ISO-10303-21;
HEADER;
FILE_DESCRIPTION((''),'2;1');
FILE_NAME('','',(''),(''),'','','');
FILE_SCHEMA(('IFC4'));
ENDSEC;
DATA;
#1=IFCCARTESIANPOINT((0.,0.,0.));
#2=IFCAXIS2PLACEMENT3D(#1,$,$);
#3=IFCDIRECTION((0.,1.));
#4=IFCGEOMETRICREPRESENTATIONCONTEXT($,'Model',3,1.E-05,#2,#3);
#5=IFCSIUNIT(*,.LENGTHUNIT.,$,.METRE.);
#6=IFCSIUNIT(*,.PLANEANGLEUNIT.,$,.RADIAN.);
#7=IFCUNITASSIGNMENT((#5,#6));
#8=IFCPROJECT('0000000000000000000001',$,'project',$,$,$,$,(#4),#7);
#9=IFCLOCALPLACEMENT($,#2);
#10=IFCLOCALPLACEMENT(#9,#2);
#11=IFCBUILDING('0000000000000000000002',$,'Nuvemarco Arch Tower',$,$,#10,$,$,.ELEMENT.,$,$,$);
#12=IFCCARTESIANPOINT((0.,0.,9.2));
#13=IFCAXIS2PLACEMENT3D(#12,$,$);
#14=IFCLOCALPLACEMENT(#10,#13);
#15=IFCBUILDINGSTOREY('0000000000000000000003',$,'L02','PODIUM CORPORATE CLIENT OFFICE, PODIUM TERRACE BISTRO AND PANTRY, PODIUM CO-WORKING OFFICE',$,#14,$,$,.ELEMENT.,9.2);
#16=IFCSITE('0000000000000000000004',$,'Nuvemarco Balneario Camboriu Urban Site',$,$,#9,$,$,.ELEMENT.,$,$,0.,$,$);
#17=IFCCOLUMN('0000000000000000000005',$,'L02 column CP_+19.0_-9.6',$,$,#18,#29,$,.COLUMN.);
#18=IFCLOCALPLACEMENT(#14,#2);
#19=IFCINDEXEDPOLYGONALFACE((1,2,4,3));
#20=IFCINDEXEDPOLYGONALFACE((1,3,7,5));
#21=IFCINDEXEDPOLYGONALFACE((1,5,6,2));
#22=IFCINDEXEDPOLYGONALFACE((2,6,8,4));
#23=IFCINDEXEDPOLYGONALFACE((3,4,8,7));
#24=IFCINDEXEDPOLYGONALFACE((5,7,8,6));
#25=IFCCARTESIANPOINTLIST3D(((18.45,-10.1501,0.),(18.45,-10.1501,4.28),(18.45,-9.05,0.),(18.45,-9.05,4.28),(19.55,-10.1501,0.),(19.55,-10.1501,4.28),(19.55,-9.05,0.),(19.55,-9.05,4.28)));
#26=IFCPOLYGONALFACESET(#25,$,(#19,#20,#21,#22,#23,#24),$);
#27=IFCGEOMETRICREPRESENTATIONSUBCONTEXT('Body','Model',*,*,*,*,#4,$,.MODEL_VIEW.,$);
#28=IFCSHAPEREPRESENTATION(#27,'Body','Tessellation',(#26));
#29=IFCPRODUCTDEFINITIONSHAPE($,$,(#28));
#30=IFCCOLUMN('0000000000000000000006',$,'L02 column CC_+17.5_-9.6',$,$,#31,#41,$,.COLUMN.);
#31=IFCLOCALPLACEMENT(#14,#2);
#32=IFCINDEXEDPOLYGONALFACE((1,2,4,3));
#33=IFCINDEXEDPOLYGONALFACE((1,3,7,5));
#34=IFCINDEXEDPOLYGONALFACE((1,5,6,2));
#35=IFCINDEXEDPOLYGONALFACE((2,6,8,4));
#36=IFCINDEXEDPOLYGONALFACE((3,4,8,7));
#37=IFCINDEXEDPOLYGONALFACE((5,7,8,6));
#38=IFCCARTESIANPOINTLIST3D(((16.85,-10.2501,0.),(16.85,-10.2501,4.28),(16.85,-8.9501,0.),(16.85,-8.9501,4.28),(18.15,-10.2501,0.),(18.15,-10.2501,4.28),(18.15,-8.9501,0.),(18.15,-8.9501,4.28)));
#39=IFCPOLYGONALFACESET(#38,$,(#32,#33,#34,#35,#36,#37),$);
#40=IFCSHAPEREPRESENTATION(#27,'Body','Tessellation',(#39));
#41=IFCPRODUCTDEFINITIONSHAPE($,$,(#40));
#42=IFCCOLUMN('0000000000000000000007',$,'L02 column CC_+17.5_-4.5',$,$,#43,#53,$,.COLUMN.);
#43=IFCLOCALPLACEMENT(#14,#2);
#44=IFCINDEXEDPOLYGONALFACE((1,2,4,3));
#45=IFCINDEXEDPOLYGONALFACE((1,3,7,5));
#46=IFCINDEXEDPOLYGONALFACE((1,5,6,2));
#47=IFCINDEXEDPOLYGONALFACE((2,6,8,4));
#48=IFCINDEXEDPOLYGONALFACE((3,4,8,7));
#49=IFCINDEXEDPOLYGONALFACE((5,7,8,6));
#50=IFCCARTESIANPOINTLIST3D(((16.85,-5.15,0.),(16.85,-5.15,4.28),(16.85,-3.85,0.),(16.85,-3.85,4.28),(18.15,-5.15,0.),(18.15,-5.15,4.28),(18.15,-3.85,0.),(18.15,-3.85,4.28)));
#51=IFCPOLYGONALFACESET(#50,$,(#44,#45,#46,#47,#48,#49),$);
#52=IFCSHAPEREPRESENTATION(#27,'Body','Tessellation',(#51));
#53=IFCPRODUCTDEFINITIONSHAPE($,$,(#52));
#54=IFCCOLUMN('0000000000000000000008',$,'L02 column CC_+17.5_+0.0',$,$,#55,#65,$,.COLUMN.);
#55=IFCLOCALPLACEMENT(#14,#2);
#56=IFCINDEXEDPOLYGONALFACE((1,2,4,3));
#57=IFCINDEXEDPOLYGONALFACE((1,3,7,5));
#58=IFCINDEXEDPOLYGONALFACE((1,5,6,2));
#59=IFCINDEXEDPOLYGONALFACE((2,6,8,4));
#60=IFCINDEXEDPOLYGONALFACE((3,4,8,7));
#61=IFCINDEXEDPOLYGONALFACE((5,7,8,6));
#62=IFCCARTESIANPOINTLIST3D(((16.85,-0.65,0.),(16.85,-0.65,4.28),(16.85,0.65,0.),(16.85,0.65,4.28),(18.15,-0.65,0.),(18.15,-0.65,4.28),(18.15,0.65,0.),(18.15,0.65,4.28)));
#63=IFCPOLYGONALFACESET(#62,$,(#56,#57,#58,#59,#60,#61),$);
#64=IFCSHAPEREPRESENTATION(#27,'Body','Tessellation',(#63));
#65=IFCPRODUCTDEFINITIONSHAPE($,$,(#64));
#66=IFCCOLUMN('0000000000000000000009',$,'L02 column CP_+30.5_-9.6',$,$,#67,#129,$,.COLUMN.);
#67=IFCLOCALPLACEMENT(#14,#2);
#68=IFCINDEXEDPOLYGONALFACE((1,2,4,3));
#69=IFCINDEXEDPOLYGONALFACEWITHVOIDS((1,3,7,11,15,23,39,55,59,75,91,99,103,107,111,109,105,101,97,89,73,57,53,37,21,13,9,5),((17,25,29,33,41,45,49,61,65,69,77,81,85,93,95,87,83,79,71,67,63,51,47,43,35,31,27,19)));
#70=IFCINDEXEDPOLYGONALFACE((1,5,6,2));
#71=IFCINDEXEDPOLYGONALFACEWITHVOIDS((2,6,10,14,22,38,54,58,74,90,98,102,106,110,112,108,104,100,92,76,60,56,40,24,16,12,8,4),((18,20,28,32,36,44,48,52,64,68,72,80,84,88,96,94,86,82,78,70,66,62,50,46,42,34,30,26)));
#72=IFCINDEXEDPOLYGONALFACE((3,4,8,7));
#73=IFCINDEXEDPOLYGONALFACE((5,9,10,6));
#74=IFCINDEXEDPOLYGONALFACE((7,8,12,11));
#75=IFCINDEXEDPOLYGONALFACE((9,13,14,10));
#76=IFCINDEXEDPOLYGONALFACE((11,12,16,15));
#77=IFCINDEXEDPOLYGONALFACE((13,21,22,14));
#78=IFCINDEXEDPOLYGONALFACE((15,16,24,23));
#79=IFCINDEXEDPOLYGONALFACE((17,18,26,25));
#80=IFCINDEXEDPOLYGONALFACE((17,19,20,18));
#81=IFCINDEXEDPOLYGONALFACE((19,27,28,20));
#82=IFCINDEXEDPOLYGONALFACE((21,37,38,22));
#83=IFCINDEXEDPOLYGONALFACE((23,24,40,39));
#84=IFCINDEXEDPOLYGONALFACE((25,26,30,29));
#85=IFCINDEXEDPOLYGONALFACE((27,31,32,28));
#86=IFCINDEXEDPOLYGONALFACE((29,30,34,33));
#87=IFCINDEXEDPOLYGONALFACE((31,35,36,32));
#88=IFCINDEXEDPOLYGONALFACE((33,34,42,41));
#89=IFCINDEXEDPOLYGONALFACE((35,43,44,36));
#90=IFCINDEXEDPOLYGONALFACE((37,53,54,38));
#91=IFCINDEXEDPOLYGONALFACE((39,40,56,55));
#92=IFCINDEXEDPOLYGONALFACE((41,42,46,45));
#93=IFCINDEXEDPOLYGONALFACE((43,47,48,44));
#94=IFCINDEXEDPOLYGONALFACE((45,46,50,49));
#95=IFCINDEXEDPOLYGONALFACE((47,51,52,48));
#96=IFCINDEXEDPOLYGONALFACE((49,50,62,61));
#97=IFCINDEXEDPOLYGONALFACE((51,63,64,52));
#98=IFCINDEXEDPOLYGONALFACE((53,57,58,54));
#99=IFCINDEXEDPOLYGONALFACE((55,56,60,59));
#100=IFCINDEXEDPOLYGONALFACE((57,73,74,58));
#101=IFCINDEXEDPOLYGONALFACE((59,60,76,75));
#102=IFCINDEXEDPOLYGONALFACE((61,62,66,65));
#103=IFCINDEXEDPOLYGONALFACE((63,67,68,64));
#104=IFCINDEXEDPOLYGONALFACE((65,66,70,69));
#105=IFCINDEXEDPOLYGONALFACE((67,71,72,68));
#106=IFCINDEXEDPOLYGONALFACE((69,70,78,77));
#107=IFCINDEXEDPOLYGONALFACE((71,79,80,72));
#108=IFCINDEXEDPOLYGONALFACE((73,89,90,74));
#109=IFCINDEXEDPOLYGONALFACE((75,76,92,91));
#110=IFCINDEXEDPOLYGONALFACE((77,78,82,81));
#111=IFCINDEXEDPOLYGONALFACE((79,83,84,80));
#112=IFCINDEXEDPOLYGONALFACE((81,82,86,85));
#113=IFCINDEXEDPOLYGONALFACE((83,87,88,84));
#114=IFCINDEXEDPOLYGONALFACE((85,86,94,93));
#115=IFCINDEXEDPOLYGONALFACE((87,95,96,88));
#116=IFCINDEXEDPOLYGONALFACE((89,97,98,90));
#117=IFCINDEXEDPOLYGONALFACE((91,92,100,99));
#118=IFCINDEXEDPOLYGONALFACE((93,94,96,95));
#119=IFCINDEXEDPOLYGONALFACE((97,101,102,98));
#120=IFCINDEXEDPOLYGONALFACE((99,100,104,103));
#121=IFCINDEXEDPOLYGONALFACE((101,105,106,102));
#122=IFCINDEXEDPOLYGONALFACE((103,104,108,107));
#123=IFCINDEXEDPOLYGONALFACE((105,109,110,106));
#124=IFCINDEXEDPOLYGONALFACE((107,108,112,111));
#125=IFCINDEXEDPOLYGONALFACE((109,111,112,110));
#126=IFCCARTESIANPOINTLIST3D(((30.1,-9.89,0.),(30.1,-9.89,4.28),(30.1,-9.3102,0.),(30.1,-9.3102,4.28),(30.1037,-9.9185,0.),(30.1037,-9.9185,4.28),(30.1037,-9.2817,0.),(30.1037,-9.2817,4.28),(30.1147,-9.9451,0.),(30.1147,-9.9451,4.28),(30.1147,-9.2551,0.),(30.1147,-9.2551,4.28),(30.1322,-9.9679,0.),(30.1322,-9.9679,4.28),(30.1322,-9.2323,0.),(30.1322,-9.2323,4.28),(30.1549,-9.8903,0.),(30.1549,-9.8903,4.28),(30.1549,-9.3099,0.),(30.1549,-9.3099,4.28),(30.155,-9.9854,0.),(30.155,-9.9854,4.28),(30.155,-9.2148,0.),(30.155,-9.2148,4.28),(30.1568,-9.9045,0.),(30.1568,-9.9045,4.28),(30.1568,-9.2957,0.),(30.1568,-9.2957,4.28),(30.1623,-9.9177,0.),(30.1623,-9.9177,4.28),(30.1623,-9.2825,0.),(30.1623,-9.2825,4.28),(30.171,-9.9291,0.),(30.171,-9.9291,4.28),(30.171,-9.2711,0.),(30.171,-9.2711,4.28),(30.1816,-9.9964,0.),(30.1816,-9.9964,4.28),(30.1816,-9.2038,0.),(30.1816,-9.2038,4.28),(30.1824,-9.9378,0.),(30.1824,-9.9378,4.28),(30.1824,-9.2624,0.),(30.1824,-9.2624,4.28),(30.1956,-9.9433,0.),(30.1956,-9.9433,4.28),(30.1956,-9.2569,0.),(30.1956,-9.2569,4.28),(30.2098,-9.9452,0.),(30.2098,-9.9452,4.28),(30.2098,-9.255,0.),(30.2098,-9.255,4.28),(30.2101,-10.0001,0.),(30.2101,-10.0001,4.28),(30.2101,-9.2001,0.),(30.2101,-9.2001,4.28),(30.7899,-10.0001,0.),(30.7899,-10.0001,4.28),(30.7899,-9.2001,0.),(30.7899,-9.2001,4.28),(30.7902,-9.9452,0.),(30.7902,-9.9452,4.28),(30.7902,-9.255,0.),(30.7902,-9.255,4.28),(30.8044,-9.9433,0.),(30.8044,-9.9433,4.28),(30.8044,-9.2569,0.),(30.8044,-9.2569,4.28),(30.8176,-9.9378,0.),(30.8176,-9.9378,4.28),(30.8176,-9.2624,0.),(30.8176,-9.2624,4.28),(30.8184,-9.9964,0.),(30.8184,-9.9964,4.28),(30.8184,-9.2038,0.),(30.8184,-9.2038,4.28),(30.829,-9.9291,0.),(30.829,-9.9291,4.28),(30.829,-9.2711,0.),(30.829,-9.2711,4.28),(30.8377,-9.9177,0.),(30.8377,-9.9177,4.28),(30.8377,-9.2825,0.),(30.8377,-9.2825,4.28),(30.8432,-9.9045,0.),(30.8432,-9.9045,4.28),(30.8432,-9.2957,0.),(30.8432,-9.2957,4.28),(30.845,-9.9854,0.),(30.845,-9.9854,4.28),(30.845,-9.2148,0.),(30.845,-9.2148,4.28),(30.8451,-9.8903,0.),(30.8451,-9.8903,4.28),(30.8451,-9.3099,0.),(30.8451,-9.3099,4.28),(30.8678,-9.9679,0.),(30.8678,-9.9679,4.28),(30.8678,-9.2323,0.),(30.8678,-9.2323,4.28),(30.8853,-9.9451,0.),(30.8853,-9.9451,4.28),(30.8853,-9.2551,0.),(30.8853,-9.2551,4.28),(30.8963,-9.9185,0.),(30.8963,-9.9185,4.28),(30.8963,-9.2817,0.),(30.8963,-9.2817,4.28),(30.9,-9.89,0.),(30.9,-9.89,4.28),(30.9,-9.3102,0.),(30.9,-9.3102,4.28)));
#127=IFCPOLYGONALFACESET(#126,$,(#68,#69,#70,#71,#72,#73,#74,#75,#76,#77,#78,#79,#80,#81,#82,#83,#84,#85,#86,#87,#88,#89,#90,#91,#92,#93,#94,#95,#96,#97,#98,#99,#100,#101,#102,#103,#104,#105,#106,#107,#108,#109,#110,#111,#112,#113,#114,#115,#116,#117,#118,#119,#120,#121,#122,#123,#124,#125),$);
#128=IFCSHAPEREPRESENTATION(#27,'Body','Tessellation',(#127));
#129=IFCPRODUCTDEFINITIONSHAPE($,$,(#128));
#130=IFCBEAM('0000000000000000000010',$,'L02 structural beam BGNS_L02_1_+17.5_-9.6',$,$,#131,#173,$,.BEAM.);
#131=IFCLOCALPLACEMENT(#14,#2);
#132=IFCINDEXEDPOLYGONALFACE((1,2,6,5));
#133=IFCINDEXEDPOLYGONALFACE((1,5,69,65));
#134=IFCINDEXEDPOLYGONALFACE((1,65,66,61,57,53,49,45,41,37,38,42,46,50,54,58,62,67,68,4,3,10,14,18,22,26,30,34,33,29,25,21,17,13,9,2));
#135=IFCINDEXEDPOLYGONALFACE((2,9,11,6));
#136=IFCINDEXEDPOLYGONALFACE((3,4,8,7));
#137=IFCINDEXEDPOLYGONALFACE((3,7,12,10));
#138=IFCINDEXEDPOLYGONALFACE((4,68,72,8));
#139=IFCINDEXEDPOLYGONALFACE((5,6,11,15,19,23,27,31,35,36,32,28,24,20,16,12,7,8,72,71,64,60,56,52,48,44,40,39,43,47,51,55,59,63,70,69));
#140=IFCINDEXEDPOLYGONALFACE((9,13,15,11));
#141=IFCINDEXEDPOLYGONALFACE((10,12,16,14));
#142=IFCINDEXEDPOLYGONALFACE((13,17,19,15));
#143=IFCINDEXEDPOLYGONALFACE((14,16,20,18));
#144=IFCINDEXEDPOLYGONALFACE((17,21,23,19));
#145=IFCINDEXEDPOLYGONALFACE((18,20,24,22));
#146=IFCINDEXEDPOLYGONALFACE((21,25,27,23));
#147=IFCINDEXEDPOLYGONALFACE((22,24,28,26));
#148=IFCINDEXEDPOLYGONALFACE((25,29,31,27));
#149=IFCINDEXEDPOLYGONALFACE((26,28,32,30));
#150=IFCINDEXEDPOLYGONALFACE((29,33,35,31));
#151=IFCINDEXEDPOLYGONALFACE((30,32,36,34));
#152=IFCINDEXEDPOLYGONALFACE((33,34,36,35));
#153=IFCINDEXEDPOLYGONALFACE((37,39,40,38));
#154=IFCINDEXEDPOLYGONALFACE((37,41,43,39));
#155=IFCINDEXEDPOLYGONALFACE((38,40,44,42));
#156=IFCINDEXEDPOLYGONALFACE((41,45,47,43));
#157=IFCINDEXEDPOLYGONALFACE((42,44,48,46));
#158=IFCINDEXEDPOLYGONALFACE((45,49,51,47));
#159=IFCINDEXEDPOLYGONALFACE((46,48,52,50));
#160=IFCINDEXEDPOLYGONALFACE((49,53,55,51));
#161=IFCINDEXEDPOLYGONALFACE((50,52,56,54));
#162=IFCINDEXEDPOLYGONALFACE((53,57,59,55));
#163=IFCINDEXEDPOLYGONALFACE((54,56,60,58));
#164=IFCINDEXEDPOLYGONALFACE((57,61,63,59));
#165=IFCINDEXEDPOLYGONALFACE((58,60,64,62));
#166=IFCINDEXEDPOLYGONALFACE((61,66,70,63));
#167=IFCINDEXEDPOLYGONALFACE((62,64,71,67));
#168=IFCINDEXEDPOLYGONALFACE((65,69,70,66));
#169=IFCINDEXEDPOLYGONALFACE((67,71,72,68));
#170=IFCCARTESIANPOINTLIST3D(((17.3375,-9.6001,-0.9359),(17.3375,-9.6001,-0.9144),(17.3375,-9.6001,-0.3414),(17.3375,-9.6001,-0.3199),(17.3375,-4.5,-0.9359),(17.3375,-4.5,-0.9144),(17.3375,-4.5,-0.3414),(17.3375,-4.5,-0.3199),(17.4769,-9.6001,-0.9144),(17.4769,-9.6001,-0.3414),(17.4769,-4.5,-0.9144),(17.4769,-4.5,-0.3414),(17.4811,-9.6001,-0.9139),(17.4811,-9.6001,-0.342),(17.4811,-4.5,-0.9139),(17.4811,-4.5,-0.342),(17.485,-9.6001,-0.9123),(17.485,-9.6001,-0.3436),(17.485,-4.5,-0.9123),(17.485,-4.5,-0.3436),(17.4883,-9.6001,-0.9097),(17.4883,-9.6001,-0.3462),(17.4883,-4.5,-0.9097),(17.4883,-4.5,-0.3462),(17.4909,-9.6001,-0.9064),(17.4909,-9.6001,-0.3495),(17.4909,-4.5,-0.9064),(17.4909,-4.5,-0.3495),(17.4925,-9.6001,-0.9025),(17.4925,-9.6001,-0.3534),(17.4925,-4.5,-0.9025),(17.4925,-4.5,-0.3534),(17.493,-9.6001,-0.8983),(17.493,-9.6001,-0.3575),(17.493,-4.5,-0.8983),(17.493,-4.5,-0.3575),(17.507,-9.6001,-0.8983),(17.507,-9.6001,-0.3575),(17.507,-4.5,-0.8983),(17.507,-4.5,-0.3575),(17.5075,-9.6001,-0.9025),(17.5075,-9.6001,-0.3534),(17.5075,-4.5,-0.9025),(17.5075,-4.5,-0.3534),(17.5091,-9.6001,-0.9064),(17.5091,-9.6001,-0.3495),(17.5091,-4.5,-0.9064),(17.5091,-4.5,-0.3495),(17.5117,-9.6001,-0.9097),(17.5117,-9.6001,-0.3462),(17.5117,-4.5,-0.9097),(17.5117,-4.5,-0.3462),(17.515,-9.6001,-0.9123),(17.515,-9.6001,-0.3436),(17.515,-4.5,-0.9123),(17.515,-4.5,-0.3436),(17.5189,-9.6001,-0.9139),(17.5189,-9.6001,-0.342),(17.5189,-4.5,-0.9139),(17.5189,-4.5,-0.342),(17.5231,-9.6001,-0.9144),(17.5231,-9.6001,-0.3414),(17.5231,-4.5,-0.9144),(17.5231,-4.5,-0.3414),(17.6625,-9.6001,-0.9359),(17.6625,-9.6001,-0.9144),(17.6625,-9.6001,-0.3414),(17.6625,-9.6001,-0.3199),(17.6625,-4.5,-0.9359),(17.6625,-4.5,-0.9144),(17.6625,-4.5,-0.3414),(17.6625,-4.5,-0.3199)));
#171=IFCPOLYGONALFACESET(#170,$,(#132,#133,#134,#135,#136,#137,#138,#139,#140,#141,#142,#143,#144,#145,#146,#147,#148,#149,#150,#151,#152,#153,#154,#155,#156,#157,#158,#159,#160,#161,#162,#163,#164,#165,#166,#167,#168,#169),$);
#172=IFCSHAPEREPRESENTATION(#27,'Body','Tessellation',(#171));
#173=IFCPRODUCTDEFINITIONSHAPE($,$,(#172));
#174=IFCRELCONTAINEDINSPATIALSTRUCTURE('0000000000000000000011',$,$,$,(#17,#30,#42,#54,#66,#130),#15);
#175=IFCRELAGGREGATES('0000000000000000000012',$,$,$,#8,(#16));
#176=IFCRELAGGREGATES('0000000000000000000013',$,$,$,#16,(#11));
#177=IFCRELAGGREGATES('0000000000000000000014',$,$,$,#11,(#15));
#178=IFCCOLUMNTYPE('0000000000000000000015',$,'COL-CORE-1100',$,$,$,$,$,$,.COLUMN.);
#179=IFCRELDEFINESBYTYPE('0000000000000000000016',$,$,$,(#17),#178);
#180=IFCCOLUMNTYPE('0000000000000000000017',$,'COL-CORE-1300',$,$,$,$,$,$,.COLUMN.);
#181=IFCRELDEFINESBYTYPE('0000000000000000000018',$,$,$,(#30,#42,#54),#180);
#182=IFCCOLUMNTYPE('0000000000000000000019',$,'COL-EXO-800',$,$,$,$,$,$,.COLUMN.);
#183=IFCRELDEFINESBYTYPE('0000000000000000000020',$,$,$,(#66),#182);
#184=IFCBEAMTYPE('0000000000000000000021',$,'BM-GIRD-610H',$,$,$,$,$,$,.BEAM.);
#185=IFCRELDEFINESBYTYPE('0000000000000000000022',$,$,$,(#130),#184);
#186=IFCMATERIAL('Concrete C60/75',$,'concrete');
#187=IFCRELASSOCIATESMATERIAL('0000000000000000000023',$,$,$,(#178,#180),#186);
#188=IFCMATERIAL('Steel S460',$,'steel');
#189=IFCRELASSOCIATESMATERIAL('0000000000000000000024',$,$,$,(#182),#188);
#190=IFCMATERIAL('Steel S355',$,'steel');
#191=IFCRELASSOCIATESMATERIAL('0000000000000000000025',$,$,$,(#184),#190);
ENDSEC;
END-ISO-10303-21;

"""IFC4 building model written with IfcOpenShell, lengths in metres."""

from ifc_helpers import new_model, si_unit, direction, frame, origin, origin_2d, place, context, subcontext, project, spatial, rectangle, hollow_rectangle, i_section, extrude, material, material_profile, profile_set, type_object, element, save


model = new_model("IFC4")

# Units and contexts
model_context = context("Model", 3, precision=1e-05, world=origin(), true_north=direction((0.0, 1.0)))
body_context = subcontext(model_context, "Body", "Model", "MODEL_VIEW")
ifc_project = project(units=[si_unit("LENGTHUNIT", "METRE"), si_unit("PLANEANGLEUNIT", "RADIAN")], contexts=[model_context])

# Site, building, storey
site_placement = place(None, origin())
site = spatial("IfcSite", under=ifc_project, at=site_placement, Name="Nuvemarco Balneario Camboriu Urban Site", CompositionType="ELEMENT", RefElevation=0.0)
building_placement = place(site_placement, origin())
building = spatial("IfcBuilding", under=site, at=building_placement, Name="Nuvemarco Arch Tower", CompositionType="ELEMENT")
storey_placement = place(building_placement, frame((0.0, 0.0, 9.2)))
storey = spatial("IfcBuildingStorey", under=building, at=storey_placement, Name="L02", Description="PODIUM CORPORATE CLIENT OFFICE, PODIUM TERRACE BISTRO AND PANTRY, PODIUM CO-WORKING OFFICE", CompositionType="ELEMENT", Elevation=9.2)

# Columns
ifc_material_1 = material(Name="Concrete C60/75", Category="concrete")
ifc_material_profile_1 = material_profile(ifc_material_1, rectangle(XDim=1.1001, YDim=1.1001, at=origin_2d()), Name="RC-COL-1100x1100")
ifc_profile_set_1 = profile_set([ifc_material_profile_1], Name="Concrete C60/75")
column_type_1 = type_object("IfcColumnType", Name="COL-CORE-1100", PredefinedType="COLUMN", material=ifc_profile_set_1)
column_1_placement = place(storey_placement, frame((19.0, -9.6001, 0.0), z_axis=(0.0, 0.0, 1.0), x_axis=(1.0, 0.0, 0.0)))
element("IfcColumn", 1, at=column_1_placement, inside=storey, type_object=column_type_1, Name="L02 column CP_+19.0_-9.6", PredefinedType="COLUMN", context=body_context, shape_type="SweptSolid", body=[
    extrude(rectangle(XDim=1.1001, YDim=1.1001, at=origin_2d()), origin(), (0.0, 0.0, 1.0), 4.28),
])
ifc_material_profile_2 = material_profile(ifc_material_1, rectangle(XDim=1.3, YDim=1.3, at=origin_2d()), Name="RC-COL-1300x1300")
ifc_profile_set_2 = profile_set([ifc_material_profile_2], Name="Concrete C60/75")
column_type_2 = type_object("IfcColumnType", Name="COL-CORE-1300", PredefinedType="COLUMN", material=ifc_profile_set_2)
for number, where, z_axis, x_axis, name in (
    (2, (17.5, -9.6001, 0.0), (0.0, 0.0, 1.0), (1.0, 0.0, 0.0), "L02 column CC_+17.5_-9.6"),
    (3, (17.5, -4.5, 0.0), (0.0, 0.0, 1.0), (1.0, 0.0, 0.0), "L02 column CC_+17.5_-4.5"),
    (4, (17.5, 0.0, 0.0), (0.0, 0.0, 1.0), (1.0, 0.0, 0.0), "L02 column CC_+17.5_+0.0"),
):
    element("IfcColumn", number, at=place(storey_placement, frame(where, z_axis=z_axis, x_axis=x_axis)), inside=storey, type_object=column_type_2, Name=name, PredefinedType="COLUMN", context=body_context, shape_type="SweptSolid", body=[
        extrude(rectangle(XDim=1.3, YDim=1.3, at=origin_2d()), origin(), (0.0, 0.0, 1.0), 4.28),
    ])
ifc_material_2 = material(Name="Steel S460", Category="steel")
ifc_material_profile_3 = material_profile(ifc_material_2, hollow_rectangle(XDim=0.8, YDim=0.8, WallThickness=0.0549, InnerFilletRadius=0.0549, OuterFilletRadius=0.1101, at=origin_2d()), Name="SHS800x800x55")
ifc_profile_set_3 = profile_set([ifc_material_profile_3], Name="Steel S460")
column_type_3 = type_object("IfcColumnType", Name="COL-EXO-800", PredefinedType="COLUMN", material=ifc_profile_set_3)
column_2_placement = place(storey_placement, frame((30.5, -9.6001, 0.0), z_axis=(0.0, 0.0, 1.0), x_axis=(1.0, 0.0, 0.0)))
element("IfcColumn", 5, at=column_2_placement, inside=storey, type_object=column_type_3, Name="L02 column CP_+30.5_-9.6", PredefinedType="COLUMN", context=body_context, shape_type="SweptSolid", body=[
    extrude(hollow_rectangle(XDim=0.8, YDim=0.8, WallThickness=0.0549, InnerFilletRadius=0.0549, OuterFilletRadius=0.1101, at=origin_2d()), origin(), (0.0, 0.0, 1.0), 4.28),
])

# Beam
ifc_material_3 = material(Name="Steel S355", Category="steel")
ifc_material_profile_4 = material_profile(ifc_material_3, i_section(OverallWidth=0.325, OverallDepth=0.616, WebThickness=0.0139, FlangeThickness=0.0215, FilletRadius=0.0161, at=origin_2d()), Name="W610x174")
ifc_profile_set_4 = profile_set([ifc_material_profile_4], Name="Steel S355")
beam_type_1 = type_object("IfcBeamType", Name="BM-GIRD-610H", PredefinedType="BEAM", material=ifc_profile_set_4)
beam_1_placement = place(storey_placement, frame((17.5, -9.6001, -0.6279), z_axis=(0.0, 1.0, 0.0), x_axis=(-1.0, 0.0, 0.0)))
element("IfcBeam", 6, at=beam_1_placement, inside=storey, type_object=beam_type_1, Name="L02 structural beam BGNS_L02_1_+17.5_-9.6", PredefinedType="BEAM", context=body_context, shape_type="SweptSolid", body=[
    extrude(i_section(OverallWidth=0.325, OverallDepth=0.616, WebThickness=0.0139, FlangeThickness=0.0215, FilletRadius=0.0161, at=origin_2d()), origin(), (0.0, 0.0, 1.0), 5.1001),
])

save(model, "model.ifc")
